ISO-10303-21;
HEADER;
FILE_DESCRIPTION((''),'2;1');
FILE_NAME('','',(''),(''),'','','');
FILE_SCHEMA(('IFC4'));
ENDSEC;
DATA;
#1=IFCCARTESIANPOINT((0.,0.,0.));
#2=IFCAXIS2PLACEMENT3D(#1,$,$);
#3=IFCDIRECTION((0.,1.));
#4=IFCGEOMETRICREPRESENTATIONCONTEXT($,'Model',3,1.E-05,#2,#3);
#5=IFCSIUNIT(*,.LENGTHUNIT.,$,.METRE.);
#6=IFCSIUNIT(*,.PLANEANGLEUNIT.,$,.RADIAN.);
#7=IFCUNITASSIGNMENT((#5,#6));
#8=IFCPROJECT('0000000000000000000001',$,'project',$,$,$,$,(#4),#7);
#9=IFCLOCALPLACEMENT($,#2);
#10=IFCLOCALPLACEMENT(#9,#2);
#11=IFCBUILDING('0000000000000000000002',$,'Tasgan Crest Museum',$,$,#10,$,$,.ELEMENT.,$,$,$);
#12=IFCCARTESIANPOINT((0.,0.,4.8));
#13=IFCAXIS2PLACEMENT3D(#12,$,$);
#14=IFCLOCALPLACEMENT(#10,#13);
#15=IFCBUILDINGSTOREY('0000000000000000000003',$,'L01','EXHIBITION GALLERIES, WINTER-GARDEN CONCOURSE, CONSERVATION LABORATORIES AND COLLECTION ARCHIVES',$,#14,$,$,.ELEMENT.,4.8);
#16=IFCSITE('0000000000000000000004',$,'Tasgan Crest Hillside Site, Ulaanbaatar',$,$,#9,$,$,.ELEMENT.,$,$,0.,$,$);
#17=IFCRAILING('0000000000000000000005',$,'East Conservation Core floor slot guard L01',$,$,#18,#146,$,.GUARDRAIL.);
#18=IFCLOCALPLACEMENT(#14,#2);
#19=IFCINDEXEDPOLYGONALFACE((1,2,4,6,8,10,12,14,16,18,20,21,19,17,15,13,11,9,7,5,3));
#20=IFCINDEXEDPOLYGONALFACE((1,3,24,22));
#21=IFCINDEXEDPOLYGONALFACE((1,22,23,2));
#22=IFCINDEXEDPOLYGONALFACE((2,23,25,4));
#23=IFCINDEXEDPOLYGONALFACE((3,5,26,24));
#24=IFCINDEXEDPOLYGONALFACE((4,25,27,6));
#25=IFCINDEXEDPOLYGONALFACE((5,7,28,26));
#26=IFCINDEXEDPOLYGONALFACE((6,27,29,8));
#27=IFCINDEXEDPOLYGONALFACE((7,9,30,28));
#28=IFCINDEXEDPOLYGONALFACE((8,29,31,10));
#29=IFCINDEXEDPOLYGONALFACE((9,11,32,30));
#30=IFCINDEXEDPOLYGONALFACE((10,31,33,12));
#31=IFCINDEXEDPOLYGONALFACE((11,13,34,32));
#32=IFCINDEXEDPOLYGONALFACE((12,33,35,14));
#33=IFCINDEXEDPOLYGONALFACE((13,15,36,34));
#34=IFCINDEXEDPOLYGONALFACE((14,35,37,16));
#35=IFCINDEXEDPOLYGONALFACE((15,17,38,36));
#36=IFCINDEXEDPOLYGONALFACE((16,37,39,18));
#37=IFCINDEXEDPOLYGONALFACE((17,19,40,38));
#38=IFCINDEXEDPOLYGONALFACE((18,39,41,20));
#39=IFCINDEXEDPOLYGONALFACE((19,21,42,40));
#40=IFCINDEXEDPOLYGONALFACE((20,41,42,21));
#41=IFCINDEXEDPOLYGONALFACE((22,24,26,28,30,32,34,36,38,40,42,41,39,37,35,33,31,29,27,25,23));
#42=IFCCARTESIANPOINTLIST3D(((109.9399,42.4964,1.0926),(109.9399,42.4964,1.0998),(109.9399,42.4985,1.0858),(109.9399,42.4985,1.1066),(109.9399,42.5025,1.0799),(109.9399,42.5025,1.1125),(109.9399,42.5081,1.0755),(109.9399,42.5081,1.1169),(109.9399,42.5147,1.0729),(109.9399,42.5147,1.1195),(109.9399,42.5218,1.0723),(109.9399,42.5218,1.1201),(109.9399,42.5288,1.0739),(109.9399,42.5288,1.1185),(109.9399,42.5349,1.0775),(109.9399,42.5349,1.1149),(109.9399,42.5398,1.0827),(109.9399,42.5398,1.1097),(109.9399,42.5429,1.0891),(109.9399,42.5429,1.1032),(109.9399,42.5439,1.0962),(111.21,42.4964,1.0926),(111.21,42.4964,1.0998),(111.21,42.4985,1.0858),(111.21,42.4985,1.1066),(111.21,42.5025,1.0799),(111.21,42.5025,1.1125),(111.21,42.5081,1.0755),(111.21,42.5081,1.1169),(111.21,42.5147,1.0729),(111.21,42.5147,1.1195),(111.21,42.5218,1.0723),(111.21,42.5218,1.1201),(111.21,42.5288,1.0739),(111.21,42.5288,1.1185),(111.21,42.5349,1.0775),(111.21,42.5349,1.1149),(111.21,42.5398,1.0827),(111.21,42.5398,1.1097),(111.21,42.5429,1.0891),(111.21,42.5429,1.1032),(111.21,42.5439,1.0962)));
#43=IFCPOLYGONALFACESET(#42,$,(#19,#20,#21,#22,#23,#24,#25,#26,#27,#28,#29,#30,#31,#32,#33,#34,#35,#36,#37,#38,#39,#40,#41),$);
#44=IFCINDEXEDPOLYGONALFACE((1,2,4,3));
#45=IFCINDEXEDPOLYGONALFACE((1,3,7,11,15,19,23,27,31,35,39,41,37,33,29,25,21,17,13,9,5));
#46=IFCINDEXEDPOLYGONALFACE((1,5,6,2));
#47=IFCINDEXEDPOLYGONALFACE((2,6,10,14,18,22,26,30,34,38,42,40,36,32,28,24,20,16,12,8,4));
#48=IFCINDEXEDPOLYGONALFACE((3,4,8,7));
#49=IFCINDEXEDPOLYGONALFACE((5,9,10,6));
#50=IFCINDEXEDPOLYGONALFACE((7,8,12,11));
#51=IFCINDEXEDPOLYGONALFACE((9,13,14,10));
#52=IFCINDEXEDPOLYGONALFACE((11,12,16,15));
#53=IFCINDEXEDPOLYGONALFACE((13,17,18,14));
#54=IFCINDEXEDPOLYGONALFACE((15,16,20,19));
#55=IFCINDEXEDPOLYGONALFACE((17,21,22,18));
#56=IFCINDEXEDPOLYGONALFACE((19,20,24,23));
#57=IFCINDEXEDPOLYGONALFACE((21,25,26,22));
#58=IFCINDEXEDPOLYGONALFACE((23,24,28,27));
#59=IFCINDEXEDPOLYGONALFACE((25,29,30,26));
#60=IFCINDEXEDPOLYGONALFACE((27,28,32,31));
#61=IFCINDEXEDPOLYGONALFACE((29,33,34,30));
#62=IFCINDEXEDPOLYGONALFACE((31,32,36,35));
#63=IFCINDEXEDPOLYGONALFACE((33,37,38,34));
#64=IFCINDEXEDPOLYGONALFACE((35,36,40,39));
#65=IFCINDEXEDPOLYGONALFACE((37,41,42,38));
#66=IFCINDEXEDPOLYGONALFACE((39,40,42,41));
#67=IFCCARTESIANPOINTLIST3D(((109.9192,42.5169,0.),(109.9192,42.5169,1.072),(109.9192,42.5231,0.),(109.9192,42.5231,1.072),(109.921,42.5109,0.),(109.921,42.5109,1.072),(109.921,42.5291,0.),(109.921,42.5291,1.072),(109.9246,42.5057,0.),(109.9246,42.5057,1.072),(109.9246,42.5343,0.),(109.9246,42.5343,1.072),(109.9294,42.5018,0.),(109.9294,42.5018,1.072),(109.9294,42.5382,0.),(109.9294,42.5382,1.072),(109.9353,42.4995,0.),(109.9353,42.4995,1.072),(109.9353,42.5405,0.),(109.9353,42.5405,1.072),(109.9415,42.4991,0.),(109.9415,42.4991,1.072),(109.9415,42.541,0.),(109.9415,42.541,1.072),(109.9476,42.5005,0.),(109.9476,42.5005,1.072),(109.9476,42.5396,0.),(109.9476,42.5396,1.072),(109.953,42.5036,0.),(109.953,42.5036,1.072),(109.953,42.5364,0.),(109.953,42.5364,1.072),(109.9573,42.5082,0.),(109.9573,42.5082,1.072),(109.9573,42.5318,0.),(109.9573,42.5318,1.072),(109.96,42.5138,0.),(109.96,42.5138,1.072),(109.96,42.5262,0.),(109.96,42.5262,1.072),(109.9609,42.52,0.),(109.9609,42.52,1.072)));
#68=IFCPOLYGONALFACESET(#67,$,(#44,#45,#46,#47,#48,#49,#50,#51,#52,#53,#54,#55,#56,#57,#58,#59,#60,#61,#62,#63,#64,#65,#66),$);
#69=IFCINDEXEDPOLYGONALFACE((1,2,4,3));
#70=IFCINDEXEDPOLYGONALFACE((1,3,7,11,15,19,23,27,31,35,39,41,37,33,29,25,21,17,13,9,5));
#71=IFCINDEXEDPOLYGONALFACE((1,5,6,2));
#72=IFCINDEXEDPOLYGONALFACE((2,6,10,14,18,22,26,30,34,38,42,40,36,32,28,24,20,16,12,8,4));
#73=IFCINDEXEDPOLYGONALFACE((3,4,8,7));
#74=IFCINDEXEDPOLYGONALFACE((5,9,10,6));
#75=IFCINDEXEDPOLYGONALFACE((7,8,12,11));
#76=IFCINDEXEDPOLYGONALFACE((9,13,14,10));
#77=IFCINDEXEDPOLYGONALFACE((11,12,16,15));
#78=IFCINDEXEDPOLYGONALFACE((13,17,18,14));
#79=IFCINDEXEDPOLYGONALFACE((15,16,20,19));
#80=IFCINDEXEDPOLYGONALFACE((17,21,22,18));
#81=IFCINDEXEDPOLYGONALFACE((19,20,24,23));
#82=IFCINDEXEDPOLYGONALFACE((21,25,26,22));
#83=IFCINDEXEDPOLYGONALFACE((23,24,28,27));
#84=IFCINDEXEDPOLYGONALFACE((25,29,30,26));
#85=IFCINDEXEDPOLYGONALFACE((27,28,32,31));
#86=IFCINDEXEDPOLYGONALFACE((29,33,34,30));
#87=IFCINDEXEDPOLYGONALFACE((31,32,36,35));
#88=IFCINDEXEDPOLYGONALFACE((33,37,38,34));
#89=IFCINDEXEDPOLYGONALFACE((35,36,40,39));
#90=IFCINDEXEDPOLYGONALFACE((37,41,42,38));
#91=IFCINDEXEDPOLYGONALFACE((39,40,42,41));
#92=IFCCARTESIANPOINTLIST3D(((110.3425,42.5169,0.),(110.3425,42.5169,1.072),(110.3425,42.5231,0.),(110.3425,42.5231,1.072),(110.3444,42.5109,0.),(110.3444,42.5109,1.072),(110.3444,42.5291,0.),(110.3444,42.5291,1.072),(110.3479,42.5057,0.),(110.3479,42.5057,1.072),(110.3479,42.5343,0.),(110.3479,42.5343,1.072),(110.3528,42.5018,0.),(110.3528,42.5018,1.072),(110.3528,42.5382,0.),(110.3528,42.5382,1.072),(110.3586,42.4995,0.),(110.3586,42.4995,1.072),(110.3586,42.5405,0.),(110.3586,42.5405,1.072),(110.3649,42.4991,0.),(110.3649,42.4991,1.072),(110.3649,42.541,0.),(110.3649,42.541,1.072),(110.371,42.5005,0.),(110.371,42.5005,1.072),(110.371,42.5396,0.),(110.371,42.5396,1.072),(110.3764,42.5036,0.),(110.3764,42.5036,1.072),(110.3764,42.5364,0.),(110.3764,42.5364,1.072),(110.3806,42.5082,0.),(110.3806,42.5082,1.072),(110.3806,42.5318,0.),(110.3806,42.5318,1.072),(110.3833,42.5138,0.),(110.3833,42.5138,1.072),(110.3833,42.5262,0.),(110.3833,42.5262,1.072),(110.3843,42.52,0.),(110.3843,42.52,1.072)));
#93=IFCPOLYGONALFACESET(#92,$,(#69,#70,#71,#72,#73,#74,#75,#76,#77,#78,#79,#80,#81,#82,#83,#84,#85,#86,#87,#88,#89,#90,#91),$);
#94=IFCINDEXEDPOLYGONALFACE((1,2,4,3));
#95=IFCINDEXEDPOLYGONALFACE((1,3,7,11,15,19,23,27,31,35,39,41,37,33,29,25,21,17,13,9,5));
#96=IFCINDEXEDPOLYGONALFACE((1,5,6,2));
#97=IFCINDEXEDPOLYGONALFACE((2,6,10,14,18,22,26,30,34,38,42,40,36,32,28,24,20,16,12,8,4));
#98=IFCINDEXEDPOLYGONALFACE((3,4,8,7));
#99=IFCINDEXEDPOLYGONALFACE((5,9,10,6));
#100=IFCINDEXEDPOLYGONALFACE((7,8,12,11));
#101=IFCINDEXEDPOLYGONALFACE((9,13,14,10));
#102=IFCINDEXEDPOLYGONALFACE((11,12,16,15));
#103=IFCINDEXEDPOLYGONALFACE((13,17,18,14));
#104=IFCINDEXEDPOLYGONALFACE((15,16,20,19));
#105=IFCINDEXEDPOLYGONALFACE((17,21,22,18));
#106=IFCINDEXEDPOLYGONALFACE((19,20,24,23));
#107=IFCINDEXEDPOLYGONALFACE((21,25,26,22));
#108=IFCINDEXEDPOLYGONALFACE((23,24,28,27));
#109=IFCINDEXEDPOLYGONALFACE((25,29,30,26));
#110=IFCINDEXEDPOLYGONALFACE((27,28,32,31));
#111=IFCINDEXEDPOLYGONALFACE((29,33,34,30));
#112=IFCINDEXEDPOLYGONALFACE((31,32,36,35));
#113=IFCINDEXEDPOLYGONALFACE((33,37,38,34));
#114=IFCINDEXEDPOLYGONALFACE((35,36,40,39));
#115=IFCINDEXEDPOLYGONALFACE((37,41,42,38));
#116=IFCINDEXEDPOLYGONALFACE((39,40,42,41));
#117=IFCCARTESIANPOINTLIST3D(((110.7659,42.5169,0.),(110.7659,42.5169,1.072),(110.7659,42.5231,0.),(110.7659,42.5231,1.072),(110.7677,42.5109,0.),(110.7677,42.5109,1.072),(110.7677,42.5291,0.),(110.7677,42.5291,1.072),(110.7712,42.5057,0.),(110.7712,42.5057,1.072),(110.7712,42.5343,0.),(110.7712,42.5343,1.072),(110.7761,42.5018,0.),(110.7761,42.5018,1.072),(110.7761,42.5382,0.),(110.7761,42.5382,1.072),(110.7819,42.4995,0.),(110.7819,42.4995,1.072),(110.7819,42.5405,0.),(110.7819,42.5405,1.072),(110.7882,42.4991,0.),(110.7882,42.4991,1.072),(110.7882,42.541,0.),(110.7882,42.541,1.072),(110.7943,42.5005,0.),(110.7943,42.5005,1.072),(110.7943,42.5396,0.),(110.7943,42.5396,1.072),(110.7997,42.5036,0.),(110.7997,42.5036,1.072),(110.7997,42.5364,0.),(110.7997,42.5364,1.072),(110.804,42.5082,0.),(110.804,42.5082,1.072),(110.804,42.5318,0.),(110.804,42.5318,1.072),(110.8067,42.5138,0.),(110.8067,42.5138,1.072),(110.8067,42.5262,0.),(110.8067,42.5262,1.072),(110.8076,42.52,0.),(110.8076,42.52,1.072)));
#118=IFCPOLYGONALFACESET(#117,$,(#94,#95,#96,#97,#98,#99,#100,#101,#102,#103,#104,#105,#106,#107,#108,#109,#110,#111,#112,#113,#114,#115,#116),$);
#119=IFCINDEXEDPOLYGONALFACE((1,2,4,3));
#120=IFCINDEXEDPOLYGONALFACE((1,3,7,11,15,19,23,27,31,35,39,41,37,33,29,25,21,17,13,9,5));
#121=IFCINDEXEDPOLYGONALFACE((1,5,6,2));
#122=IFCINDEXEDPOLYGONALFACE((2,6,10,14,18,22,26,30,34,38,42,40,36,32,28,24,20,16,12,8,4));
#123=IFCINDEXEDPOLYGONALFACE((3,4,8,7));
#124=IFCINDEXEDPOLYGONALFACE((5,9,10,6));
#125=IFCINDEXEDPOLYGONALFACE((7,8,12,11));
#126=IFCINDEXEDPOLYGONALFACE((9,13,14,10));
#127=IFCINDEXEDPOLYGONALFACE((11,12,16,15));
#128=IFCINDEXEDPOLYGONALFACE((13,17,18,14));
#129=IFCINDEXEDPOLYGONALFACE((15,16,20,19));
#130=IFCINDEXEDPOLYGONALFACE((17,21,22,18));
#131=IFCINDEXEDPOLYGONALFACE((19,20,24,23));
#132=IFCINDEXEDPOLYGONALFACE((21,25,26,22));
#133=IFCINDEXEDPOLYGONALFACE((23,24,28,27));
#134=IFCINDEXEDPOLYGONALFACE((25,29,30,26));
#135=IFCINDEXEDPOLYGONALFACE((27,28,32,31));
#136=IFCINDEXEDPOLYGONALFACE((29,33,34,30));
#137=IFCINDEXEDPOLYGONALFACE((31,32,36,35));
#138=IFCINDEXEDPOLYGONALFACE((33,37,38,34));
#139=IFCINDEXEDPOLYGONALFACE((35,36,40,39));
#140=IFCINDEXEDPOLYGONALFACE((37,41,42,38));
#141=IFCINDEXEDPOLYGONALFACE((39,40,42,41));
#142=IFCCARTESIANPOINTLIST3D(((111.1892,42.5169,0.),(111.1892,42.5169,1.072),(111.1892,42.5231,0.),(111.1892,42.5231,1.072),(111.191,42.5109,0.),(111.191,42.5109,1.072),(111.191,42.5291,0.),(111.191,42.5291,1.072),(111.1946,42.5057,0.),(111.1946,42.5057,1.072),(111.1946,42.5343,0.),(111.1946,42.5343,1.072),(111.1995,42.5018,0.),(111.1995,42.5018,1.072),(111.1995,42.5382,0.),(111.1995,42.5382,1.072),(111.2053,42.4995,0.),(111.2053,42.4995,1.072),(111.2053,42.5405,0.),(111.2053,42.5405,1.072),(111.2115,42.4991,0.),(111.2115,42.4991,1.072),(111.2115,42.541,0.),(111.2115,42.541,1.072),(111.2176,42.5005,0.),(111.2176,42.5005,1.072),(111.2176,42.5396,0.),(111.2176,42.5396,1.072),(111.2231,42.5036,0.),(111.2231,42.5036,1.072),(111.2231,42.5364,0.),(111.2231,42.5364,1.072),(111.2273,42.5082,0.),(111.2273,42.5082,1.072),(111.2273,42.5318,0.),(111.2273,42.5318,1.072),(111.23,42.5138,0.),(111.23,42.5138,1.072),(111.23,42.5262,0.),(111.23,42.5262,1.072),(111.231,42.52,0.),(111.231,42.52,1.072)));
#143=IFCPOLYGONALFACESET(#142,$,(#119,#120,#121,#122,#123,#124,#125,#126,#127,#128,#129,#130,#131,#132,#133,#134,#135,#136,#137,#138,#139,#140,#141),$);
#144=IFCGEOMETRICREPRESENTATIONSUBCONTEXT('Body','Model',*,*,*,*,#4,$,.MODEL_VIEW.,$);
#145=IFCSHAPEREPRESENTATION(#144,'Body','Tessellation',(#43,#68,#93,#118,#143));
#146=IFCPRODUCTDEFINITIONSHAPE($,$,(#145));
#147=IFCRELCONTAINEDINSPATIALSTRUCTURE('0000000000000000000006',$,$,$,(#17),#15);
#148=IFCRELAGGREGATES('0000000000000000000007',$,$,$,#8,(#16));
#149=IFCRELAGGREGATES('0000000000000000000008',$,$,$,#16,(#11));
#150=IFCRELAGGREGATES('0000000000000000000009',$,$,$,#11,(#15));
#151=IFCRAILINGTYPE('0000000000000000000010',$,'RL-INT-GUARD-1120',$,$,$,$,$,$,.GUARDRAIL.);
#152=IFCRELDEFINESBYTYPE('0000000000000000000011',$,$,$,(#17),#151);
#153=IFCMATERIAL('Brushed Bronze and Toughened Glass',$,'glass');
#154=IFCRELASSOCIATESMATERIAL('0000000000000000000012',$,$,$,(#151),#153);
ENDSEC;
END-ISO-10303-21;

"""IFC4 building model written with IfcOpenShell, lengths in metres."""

from ifc_helpers import new_model, si_unit, direction, frame, origin, origin_2d, place, context, subcontext, project, spatial, circle, extrude, material, type_object, element, save


model = new_model("IFC4")

# Units and contexts
model_context = context("Model", 3, precision=1e-05, world=origin(), true_north=direction((0.0, 1.0)))
body_context = subcontext(model_context, "Body", "Model", "MODEL_VIEW")
ifc_project = project(units=[si_unit("LENGTHUNIT", "METRE"), si_unit("PLANEANGLEUNIT", "RADIAN")], contexts=[model_context])

# Site, building, storey
site_placement = place(None, origin())
site = spatial("IfcSite", under=ifc_project, at=site_placement, Name="Tasgan Crest Hillside Site, Ulaanbaatar", CompositionType="ELEMENT", RefElevation=0.0)
building_placement = place(site_placement, origin())
building = spatial("IfcBuilding", under=site, at=building_placement, Name="Tasgan Crest Museum", CompositionType="ELEMENT")
storey_placement = place(building_placement, frame((0.0, 0.0, 4.8)))
storey = spatial("IfcBuildingStorey", under=building, at=storey_placement, Name="L01", Description="EXHIBITION GALLERIES, WINTER-GARDEN CONCOURSE, CONSERVATION LABORATORIES AND COLLECTION ARCHIVES", CompositionType="ELEMENT", Elevation=4.8)

# Railing
ifc_material_1 = material(Name="Brushed Bronze and Toughened Glass", Category="glass")
railing_type_1 = type_object("IfcRailingType", Name="RL-INT-GUARD-1120", PredefinedType="GUARDRAIL", material=ifc_material_1)
railing_1_placement = place(storey_placement, frame((109.9399, 42.52, 0.0)))
element("IfcRailing", 1, at=railing_1_placement, inside=storey, type_object=railing_type_1, Name="East Conservation Core floor slot guard L01", PredefinedType="GUARDRAIL", context=body_context, shape_type="SweptSolid", body=[
    extrude(circle(Radius=0.0239, at=origin_2d()), frame((0.0, 0.0, 1.0962), z_axis=(1.0, 0.0, 0.0), x_axis=(0.0, 1.0, 0.0)), (0.0, 0.0, 1.0), 1.27),
    extrude(circle(Radius=0.021, at=origin_2d()), origin(), (0.0, 0.0, 1.0), 1.072),
    extrude(circle(Radius=0.021, at=origin_2d()), frame((0.4233, 0.0, 0.0)), (0.0, 0.0, 1.0), 1.072),
    extrude(circle(Radius=0.021, at=origin_2d()), frame((0.8467, 0.0, 0.0)), (0.0, 0.0, 1.0), 1.072),
    extrude(circle(Radius=0.021, at=origin_2d()), frame((1.27, 0.0, 0.0)), (0.0, 0.0, 1.0), 1.072),
])

save(model, "model.ifc")
